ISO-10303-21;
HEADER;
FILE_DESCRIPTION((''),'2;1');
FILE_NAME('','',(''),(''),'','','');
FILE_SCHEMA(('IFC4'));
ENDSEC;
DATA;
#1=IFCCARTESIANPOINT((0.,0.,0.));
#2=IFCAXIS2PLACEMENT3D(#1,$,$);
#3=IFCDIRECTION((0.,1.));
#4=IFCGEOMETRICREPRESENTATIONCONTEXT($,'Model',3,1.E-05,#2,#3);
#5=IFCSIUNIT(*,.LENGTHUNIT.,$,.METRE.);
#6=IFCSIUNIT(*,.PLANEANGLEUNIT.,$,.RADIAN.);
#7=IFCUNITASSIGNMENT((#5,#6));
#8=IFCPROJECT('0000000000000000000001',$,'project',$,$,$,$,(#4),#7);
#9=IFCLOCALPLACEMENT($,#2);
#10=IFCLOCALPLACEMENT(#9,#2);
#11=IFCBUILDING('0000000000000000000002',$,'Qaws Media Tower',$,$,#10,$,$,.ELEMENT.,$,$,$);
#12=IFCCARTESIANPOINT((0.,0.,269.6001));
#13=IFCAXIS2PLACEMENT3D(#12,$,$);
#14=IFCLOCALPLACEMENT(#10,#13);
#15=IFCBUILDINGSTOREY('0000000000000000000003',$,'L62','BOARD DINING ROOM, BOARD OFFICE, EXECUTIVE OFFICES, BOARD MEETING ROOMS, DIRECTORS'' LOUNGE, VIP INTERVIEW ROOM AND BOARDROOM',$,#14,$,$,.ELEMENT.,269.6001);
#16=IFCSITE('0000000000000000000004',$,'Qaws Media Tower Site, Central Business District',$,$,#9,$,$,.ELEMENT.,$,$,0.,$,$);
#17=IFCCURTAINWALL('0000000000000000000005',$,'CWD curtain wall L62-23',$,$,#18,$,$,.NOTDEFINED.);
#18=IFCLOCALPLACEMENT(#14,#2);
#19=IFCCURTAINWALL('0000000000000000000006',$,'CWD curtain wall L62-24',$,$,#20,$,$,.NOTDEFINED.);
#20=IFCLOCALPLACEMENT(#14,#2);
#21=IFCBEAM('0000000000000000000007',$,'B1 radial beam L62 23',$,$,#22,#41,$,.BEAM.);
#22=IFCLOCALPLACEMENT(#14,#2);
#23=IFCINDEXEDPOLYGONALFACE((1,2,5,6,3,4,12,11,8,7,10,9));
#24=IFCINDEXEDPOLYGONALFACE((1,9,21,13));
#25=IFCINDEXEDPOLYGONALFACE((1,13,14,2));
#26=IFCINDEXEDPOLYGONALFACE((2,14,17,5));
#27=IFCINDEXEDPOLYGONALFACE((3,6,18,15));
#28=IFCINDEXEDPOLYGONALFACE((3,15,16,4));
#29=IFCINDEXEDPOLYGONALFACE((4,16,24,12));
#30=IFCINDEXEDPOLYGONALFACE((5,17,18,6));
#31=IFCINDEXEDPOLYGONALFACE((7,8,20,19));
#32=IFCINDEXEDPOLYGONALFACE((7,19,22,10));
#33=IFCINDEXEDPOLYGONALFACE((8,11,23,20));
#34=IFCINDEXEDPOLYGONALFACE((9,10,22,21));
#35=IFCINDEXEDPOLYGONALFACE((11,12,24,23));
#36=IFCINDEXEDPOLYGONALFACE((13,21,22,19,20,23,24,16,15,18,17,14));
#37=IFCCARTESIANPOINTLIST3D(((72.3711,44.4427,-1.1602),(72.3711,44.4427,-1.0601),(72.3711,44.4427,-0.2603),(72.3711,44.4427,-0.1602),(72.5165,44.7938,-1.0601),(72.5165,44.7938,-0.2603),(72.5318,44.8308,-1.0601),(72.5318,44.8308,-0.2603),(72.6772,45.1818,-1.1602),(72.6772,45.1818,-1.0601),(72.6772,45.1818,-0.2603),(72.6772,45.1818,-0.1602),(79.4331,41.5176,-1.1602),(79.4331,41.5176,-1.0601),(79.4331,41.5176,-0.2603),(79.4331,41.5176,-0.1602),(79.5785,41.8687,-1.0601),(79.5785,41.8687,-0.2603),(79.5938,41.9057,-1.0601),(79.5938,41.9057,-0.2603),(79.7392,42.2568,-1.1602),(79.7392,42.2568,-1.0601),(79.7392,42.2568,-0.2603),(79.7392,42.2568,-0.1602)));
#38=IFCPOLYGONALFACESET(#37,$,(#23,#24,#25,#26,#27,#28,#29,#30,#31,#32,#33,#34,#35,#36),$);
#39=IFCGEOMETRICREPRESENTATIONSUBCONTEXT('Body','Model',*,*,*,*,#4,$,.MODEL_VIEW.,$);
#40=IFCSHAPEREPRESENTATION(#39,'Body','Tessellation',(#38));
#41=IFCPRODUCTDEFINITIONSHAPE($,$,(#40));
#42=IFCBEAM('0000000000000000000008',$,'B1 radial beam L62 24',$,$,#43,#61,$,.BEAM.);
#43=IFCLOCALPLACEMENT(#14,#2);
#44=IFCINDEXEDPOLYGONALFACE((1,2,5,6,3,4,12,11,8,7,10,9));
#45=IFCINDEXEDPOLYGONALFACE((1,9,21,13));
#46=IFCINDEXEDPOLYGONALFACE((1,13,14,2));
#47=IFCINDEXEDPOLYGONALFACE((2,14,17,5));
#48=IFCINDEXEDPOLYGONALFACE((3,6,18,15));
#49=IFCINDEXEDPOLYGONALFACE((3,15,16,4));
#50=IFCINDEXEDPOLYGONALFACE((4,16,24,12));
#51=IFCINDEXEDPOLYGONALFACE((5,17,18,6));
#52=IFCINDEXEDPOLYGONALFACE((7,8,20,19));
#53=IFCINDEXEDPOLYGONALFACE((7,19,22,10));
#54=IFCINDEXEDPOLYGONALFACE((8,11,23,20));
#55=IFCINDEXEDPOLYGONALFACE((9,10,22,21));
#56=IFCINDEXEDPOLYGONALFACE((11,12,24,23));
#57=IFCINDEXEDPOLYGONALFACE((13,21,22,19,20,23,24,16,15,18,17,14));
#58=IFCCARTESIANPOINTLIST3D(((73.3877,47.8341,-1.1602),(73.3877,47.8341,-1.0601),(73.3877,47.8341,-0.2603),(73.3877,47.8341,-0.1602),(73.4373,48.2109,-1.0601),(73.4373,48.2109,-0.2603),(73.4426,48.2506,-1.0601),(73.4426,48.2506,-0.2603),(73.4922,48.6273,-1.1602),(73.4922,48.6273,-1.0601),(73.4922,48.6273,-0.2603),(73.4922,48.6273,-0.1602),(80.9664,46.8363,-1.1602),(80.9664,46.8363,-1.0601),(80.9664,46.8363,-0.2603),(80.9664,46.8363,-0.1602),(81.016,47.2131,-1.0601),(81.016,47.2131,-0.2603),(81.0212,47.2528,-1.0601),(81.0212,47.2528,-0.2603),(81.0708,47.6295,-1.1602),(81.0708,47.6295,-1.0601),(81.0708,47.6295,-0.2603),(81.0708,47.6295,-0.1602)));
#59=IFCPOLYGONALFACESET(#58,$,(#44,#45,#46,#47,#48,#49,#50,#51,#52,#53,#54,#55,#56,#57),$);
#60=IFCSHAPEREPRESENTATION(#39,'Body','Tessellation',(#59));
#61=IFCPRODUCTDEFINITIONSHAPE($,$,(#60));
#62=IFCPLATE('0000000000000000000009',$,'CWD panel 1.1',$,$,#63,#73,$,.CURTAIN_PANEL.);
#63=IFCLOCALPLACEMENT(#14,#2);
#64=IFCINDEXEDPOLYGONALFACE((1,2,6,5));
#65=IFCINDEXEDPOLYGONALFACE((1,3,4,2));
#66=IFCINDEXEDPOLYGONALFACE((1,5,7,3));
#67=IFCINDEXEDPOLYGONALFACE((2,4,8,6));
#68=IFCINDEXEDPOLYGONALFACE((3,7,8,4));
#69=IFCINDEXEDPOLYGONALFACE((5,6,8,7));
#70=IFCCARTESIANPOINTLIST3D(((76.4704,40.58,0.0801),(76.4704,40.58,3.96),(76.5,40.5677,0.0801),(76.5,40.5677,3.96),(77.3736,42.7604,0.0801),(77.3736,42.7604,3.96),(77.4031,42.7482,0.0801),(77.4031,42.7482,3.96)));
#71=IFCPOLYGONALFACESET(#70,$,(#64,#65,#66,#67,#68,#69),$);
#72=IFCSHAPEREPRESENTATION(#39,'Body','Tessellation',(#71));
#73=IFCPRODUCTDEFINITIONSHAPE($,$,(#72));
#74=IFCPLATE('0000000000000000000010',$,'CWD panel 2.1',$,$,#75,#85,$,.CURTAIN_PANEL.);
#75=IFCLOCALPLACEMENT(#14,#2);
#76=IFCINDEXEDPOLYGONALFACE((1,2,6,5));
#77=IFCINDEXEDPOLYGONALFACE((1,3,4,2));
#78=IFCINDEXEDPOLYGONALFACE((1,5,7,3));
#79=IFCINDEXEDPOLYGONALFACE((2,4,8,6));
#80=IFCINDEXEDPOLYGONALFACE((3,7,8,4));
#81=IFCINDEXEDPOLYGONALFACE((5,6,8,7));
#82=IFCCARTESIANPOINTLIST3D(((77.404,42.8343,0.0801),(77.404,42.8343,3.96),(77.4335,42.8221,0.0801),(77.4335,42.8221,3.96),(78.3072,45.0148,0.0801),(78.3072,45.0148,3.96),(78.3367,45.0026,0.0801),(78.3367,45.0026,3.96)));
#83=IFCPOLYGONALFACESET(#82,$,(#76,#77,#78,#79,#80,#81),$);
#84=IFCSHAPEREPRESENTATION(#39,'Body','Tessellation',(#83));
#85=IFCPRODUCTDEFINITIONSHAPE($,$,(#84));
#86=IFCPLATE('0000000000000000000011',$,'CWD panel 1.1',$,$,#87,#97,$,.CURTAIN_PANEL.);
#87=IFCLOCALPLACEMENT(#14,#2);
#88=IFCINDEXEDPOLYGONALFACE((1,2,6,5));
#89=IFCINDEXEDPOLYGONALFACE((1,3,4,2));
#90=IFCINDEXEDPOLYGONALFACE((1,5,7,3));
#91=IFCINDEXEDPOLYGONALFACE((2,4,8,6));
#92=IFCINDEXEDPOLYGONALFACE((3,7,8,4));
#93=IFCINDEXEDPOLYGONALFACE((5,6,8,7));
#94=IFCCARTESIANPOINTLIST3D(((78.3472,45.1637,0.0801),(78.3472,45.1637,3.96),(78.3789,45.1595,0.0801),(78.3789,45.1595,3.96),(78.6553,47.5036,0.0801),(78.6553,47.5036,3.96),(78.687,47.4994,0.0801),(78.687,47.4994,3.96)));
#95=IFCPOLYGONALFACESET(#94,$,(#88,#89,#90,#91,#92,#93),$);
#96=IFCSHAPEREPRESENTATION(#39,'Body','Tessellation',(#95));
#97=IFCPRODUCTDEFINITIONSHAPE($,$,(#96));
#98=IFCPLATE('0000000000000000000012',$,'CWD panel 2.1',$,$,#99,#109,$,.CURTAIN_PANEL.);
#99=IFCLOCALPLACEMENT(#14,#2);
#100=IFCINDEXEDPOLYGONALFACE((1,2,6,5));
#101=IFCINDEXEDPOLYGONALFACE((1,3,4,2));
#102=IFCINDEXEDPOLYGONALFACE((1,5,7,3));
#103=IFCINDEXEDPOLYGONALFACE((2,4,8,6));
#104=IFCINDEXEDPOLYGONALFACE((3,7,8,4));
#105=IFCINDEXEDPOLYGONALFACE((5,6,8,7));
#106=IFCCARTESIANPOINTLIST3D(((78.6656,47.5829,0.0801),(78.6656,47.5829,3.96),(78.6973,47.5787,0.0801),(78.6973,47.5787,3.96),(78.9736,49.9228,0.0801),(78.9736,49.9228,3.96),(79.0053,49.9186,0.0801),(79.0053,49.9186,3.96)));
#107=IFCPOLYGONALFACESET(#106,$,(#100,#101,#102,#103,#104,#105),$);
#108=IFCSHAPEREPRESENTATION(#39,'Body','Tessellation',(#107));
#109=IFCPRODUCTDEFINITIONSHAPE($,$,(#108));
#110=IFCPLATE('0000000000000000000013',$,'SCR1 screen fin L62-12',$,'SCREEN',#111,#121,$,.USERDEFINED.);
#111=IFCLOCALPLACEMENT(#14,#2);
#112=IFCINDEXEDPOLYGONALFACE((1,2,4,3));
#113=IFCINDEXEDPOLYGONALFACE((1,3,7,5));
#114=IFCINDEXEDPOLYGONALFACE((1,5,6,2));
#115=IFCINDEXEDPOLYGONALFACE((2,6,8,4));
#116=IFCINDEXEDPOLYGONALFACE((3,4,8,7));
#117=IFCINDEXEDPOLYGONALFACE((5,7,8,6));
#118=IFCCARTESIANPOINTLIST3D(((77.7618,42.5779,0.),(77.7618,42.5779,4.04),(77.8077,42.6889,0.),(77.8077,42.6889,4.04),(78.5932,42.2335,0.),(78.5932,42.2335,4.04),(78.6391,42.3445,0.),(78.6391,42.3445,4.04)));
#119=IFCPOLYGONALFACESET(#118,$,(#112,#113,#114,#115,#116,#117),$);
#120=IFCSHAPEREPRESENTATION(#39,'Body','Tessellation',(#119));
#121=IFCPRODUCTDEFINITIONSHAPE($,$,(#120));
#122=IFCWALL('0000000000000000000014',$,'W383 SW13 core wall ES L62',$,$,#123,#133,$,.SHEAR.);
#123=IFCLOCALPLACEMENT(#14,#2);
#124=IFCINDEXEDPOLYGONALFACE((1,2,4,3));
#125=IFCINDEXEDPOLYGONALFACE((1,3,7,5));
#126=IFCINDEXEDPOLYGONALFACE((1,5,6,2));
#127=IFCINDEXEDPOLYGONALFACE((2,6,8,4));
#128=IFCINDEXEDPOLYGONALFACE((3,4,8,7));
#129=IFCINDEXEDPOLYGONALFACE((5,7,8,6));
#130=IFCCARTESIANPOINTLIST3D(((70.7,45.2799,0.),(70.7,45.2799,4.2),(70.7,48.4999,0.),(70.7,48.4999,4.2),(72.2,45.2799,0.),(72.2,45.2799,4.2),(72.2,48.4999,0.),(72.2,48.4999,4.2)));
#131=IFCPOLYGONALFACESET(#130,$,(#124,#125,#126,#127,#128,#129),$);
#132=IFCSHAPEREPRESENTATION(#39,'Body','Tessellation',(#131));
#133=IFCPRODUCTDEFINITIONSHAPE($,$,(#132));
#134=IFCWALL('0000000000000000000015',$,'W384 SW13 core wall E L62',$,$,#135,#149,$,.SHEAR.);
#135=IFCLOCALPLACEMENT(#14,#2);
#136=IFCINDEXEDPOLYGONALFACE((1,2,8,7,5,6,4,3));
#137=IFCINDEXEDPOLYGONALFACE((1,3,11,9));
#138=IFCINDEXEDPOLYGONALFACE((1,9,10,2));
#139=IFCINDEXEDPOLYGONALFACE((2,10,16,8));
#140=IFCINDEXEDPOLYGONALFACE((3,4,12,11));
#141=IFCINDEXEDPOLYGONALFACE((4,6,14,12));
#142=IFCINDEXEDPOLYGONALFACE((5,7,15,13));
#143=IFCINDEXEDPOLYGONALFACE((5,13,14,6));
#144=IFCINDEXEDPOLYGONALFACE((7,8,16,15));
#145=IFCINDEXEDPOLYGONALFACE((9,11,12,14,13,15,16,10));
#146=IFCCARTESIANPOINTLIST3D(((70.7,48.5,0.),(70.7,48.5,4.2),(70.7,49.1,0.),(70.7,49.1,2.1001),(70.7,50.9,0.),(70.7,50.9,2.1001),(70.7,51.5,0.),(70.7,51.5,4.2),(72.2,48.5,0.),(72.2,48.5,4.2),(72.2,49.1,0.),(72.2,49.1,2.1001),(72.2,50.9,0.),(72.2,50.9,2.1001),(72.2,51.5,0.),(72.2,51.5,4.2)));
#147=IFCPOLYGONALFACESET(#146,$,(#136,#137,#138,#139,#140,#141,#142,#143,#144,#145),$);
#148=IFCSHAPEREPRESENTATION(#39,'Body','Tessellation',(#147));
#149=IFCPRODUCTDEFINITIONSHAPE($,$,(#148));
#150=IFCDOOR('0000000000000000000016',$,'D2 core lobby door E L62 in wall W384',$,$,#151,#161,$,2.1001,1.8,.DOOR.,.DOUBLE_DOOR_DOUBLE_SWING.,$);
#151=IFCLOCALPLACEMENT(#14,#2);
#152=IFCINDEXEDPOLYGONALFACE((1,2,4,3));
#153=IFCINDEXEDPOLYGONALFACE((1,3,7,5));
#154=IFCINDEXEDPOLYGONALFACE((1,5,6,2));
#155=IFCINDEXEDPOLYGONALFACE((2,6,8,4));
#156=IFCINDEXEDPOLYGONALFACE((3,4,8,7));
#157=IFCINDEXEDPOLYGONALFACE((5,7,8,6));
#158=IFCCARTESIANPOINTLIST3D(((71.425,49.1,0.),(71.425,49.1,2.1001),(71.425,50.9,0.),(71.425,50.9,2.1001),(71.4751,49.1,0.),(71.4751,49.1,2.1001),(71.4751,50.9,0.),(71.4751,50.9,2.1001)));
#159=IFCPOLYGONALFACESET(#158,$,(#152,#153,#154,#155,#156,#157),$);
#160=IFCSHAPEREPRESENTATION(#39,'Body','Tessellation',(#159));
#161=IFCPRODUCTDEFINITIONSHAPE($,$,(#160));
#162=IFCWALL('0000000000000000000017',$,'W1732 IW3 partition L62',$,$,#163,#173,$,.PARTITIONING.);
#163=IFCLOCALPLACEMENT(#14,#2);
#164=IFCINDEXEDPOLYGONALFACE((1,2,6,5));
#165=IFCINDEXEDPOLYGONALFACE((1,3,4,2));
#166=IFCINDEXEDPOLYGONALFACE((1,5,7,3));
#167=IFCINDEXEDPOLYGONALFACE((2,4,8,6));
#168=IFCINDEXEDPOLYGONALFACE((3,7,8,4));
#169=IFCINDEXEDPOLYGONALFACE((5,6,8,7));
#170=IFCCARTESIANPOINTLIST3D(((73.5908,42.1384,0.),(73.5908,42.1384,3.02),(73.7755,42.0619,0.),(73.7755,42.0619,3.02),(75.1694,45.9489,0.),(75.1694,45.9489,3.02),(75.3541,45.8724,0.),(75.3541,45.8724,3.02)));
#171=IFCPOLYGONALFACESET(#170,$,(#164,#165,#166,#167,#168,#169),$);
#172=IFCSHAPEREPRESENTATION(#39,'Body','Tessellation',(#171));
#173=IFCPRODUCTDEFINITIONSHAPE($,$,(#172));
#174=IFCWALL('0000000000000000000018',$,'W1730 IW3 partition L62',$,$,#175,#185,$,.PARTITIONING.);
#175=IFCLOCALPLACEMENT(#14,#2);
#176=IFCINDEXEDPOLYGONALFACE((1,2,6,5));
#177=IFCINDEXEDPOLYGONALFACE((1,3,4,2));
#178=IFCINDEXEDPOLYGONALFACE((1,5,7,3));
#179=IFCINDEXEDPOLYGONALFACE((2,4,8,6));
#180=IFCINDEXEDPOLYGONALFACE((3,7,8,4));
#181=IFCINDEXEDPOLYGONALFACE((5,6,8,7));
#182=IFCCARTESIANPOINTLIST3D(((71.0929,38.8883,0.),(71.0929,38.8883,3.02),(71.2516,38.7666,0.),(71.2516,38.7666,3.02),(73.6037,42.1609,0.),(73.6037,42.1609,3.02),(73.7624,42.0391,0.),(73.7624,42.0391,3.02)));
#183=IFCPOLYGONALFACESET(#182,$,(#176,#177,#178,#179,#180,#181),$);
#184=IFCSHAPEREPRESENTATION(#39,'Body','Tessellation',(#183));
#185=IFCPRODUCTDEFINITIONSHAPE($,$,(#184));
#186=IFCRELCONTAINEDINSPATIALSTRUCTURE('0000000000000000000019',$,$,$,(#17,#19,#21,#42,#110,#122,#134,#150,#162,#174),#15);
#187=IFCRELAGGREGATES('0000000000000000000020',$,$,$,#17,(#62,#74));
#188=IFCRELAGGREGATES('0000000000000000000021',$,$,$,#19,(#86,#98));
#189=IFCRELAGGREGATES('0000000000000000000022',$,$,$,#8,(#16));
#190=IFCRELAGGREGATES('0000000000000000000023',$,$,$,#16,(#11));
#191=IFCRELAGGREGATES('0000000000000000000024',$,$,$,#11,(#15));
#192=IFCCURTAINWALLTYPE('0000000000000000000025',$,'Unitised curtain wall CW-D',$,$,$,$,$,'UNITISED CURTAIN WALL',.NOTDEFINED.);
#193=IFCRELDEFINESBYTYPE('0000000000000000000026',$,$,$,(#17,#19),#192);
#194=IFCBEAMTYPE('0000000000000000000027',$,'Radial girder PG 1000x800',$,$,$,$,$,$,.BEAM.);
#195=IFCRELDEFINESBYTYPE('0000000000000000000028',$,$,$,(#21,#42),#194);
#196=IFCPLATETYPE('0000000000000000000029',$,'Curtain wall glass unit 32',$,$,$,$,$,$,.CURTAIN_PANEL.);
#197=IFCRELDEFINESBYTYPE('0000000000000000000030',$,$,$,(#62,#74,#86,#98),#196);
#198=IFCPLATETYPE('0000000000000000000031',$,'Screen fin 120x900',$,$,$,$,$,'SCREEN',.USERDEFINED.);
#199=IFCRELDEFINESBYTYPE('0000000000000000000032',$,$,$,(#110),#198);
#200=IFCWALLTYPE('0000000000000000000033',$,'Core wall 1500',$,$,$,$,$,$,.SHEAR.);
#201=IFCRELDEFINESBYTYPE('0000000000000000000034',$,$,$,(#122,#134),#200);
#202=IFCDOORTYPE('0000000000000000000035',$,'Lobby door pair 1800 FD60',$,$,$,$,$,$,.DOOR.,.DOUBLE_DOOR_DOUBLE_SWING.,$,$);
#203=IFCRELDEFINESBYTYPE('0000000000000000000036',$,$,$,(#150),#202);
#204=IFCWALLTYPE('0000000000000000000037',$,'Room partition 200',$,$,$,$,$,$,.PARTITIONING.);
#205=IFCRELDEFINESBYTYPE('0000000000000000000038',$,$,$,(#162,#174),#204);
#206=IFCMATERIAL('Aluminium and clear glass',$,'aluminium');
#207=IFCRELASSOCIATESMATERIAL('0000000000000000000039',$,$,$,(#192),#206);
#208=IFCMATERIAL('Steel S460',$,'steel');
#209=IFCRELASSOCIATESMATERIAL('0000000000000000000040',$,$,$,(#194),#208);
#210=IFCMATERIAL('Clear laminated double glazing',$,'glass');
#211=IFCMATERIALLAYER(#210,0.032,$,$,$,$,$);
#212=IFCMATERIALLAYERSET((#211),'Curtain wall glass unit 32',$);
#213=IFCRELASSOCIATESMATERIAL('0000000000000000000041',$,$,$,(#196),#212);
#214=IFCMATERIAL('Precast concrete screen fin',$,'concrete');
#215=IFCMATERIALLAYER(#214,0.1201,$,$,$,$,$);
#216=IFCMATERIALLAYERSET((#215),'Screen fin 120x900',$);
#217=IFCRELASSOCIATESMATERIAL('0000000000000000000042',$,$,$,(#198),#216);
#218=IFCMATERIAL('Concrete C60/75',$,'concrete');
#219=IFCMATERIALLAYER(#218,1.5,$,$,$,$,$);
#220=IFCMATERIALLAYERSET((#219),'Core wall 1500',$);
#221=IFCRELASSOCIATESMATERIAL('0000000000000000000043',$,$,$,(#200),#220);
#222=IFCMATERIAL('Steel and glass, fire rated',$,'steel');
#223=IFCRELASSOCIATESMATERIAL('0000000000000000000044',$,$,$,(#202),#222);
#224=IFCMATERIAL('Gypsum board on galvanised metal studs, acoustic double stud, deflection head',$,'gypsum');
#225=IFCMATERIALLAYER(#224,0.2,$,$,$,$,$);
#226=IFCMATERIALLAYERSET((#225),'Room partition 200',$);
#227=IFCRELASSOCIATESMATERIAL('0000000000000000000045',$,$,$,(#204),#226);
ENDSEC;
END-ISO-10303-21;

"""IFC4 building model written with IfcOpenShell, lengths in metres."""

from ifc_helpers import new_model, si_unit, direction, frame, frame_2d, origin, origin_2d, place, context, subcontext, project, spatial, rectangle, i_section, extrude, material, layer, layer_set, material_profile, profile_set, type_object, element, fill, aggregate, save


model = new_model("IFC4")

# Units and contexts
model_context = context("Model", 3, precision=1e-05, world=origin(), true_north=direction((0.0, 1.0)))
body_context = subcontext(model_context, "Body", "Model", "MODEL_VIEW")
ifc_project = project(units=[si_unit("LENGTHUNIT", "METRE"), si_unit("PLANEANGLEUNIT", "RADIAN")], contexts=[model_context])

# Site, building, storey
site_placement = place(None, origin())
site = spatial("IfcSite", under=ifc_project, at=site_placement, Name="Qaws Media Tower Site, Central Business District", CompositionType="ELEMENT", RefElevation=0.0)
building_placement = place(site_placement, origin())
building = spatial("IfcBuilding", under=site, at=building_placement, Name="Qaws Media Tower", CompositionType="ELEMENT")
storey_placement = place(building_placement, frame((0.0, 0.0, 269.6001)))
storey = spatial("IfcBuildingStorey", under=building, at=storey_placement, Name="L62", Description="BOARD DINING ROOM, BOARD OFFICE, EXECUTIVE OFFICES, BOARD MEETING ROOMS, DIRECTORS' LOUNGE, VIP INTERVIEW ROOM AND BOARDROOM", CompositionType="ELEMENT", Elevation=269.6001)

# Curtain walls
ifc_material_1 = material(Name="Aluminium and clear glass", Category="aluminium")
curtain_wall_type = type_object("IfcCurtainWallType", Name="Unitised curtain wall CW-D", ElementType="UNITISED CURTAIN WALL", PredefinedType="NOTDEFINED", material=ifc_material_1)
curtain_wall_1_placement = place(storey_placement, origin())
curtain_wall_1 = element("IfcCurtainWall", 1, at=curtain_wall_1_placement, inside=storey, type_object=curtain_wall_type, Name="CWD curtain wall L62-23", PredefinedType="NOTDEFINED")
curtain_wall_2_placement = place(storey_placement, origin())
curtain_wall_2 = element("IfcCurtainWall", 2, at=curtain_wall_2_placement, inside=storey, type_object=curtain_wall_type, Name="CWD curtain wall L62-24", PredefinedType="NOTDEFINED")

# Beams
ifc_material_2 = material(Name="Steel S460", Category="steel")
ifc_material_profile_1 = material_profile(ifc_material_2, i_section(OverallWidth=0.8, OverallDepth=1.0, WebThickness=0.04, FlangeThickness=0.1001, at=origin_2d()), Name="PG 1000x800")
ifc_profile_set_1 = profile_set([ifc_material_profile_1], Name="Steel S460")
beam_type_1 = type_object("IfcBeamType", Name="Radial girder PG 1000x800", PredefinedType="BEAM", material=ifc_profile_set_1)
beam_1_placement = place(storey_placement, frame((72.5242, 44.8123, -0.6602), z_axis=(0.923886, -0.382669, 0.0), x_axis=(0.382669, 0.923886, 0.0)))
element("IfcBeam", 3, at=beam_1_placement, inside=storey, type_object=beam_type_1, Name="B1 radial beam L62 23", PredefinedType="BEAM", context=body_context, shape_type="SweptSolid", body=[
    extrude(i_section(OverallWidth=0.8, OverallDepth=1.0, WebThickness=0.04, FlangeThickness=0.1001, at=origin_2d()), origin(), (0.0, 0.0, 1.0), 7.6438),
])
beam_2_placement = place(storey_placement, frame((73.4399, 48.2307, -0.6602), z_axis=(0.991444, -0.130534, 0.0), x_axis=(0.130534, 0.991444, 0.0)))
element("IfcBeam", 4, at=beam_2_placement, inside=storey, type_object=beam_type_1, Name="B1 radial beam L62 24", PredefinedType="BEAM", context=body_context, shape_type="SweptSolid", body=[
    extrude(i_section(OverallWidth=0.8, OverallDepth=1.0, WebThickness=0.04, FlangeThickness=0.1001, at=origin_2d()), origin(), (0.0, 0.0, 1.0), 7.644),
])

# Plates
ifc_material_3 = material(Name="Clear laminated double glazing", Category="glass")
ifc_layer_1 = layer(ifc_material_3, 0.032)
ifc_layer_set_1 = layer_set([ifc_layer_1], Name="Curtain wall glass unit 32")
plate_type_1 = type_object("IfcPlateType", Name="Curtain wall glass unit 32", PredefinedType="CURTAIN_PANEL", material=ifc_layer_set_1)
plate_1_placement = place(storey_placement, frame((76.9368, 41.6641, 0.0801), z_axis=(0.0, 0.0, 1.0), x_axis=(0.382683, 0.92388, 0.0)))
plate_1 = element("IfcPlate", 5, at=plate_1_placement, type_object=plate_type_1, Name="CWD panel 1.1", PredefinedType="CURTAIN_PANEL", context=body_context, shape_type="SweptSolid", body=[
    extrude(rectangle(XDim=2.3601, YDim=0.032, at=origin_2d()), origin(), (0.0, 0.0, 1.0), 3.8799),
])
plate_2_placement = place(storey_placement, frame((77.8704, 43.9185, 0.0801), z_axis=(0.0, 0.0, 1.0), x_axis=(0.382683, 0.92388, 0.0)))
plate_2 = element("IfcPlate", 6, at=plate_2_placement, type_object=plate_type_1, Name="CWD panel 2.1", PredefinedType="CURTAIN_PANEL", context=body_context, shape_type="SweptSolid", body=[
    extrude(rectangle(XDim=2.3601, YDim=0.032, at=origin_2d()), origin(), (0.0, 0.0, 1.0), 3.8799),
])
aggregate(curtain_wall_1, [plate_1, plate_2])
plate_3_placement = place(storey_placement, frame((78.5171, 46.3315, 0.0801), z_axis=(0.0, 0.0, 1.0), x_axis=(0.130526, 0.991445, 0.0)))
plate_3 = element("IfcPlate", 7, at=plate_3_placement, type_object=plate_type_1, Name="CWD panel 1.1", PredefinedType="CURTAIN_PANEL", context=body_context, shape_type="SweptSolid", body=[
    extrude(rectangle(XDim=2.3601, YDim=0.032, at=origin_2d()), origin(), (0.0, 0.0, 1.0), 3.8799),
])
plate_4_placement = place(storey_placement, frame((78.8354, 48.7507, 0.0801), z_axis=(0.0, 0.0, 1.0), x_axis=(0.130526, 0.991445, 0.0)))
plate_4 = element("IfcPlate", 8, at=plate_4_placement, type_object=plate_type_1, Name="CWD panel 2.1", PredefinedType="CURTAIN_PANEL", context=body_context, shape_type="SweptSolid", body=[
    extrude(rectangle(XDim=2.3601, YDim=0.032, at=origin_2d()), origin(), (0.0, 0.0, 1.0), 3.8799),
])
aggregate(curtain_wall_2, [plate_3, plate_4])
ifc_material_4 = material(Name="Precast concrete screen fin", Category="concrete")
ifc_layer_2 = layer(ifc_material_4, 0.1201)
ifc_layer_set_2 = layer_set([ifc_layer_2], Name="Screen fin 120x900")
plate_type_2 = type_object("IfcPlateType", Name="Screen fin 120x900", ElementType="SCREEN", PredefinedType="USERDEFINED", material=ifc_layer_set_2)
plate_5_placement = place(storey_placement, frame((78.2004, 42.4612, 0.0), z_axis=(0.0, 0.0, 1.0), x_axis=(0.92388, -0.382683, 0.0)))
element("IfcPlate", 9, at=plate_5_placement, inside=storey, type_object=plate_type_2, Name="SCR1 screen fin L62-12", ObjectType="SCREEN", PredefinedType="USERDEFINED", context=body_context, shape_type="SweptSolid", body=[
    extrude(rectangle(XDim=0.8999, YDim=0.1201, at=origin_2d()), origin(), (0.0, 0.0, 1.0), 4.04),
])

# Wall
ifc_material_5 = material(Name="Concrete C60/75", Category="concrete")
ifc_layer_3 = layer(ifc_material_5, 1.5)
ifc_layer_set_3 = layer_set([ifc_layer_3], Name="Core wall 1500")
wall_type_1 = type_object("IfcWallType", Name="Core wall 1500", PredefinedType="SHEAR", material=ifc_layer_set_3)
wall_1_placement = place(storey_placement, frame((71.45, 45.28, 0.0), z_axis=(0.0, 0.0, 1.0), x_axis=(0.0, 1.0, 0.0)))
element("IfcWall", 10, at=wall_1_placement, inside=storey, type_object=wall_type_1, Name="W383 SW13 core wall ES L62", PredefinedType="SHEAR", context=body_context, shape_type="SweptSolid", body=[
    extrude(rectangle(XDim=3.22, YDim=1.5, at=frame_2d((1.6099, 0.0))), origin(), (0.0, 0.0, 1.0), 4.2),
])

# Wall, opening, door
wall_2_placement = place(storey_placement, frame((71.45, 48.5, 0.0), z_axis=(0.0, 0.0, 1.0), x_axis=(0.0, 1.0, 0.0)))
wall_2 = element("IfcWall", 11, at=wall_2_placement, inside=storey, type_object=wall_type_1, Name="W384 SW13 core wall E L62", PredefinedType="SHEAR", context=body_context, shape_type="SweptSolid", body=[
    extrude(rectangle(XDim=3.0, YDim=1.5, at=frame_2d((1.5, 0.0))), origin(), (0.0, 0.0, 1.0), 4.2),
])
opening_placement = place(wall_2_placement, frame((0.6001, 0.0, 0.0)))
opening = element("IfcOpeningElement", 12, at=opening_placement, cuts=wall_2, PredefinedType="OPENING", context=body_context, shape_type="SweptSolid", body=[
    extrude(rectangle(XDim=1.8, YDim=2.1001, at=frame_2d((0.8999, 1.05))), frame((0.0, 0.76, 0.0), z_axis=(0.0, -1.0, 0.0), x_axis=(1.0, 0.0, 0.0)), (0.0, 0.0, 1.0), 1.52),
])
ifc_material_6 = material(Name="Steel and glass, fire rated", Category="steel")
door_type = type_object("IfcDoorType", Name="Lobby door pair 1800 FD60", OperationType="DOUBLE_DOOR_DOUBLE_SWING", PredefinedType="DOOR", material=ifc_material_6)
door_placement = place(opening_placement, origin())
door = element("IfcDoor", 13, at=door_placement, inside=storey, type_object=door_type, Name="D2 core lobby door E L62 in wall W384", OperationType="DOUBLE_DOOR_DOUBLE_SWING", OverallHeight=2.1001, OverallWidth=1.8, PredefinedType="DOOR", context=body_context, shape_type="SweptSolid", body=[
    extrude(rectangle(XDim=1.8, YDim=2.1001, at=frame_2d((0.8999, 1.05))), frame((0.0, 0.0249, 0.0), z_axis=(0.0, -1.0, 0.0), x_axis=(1.0, 0.0, 0.0)), (0.0, 0.0, 1.0), 0.05),
])
fill(opening, door)

# Walls
ifc_material_7 = material(Name="Gypsum board on galvanised metal studs, acoustic double stud, deflection head", Category="gypsum")
ifc_layer_4 = layer(ifc_material_7, 0.2)
ifc_layer_set_4 = layer_set([ifc_layer_4], Name="Room partition 200")
wall_type_2 = type_object("IfcWallType", Name="Room partition 200", PredefinedType="PARTITIONING", material=ifc_layer_set_4)
wall_3_placement = place(storey_placement, frame((75.2617, 45.9106, 0.0), z_axis=(0.0, 0.0, 1.0), x_axis=(-0.382732, -0.92386, 0.0)))
element("IfcWall", 14, at=wall_3_placement, inside=storey, type_object=wall_type_2, Name="W1732 IW3 partition L62", PredefinedType="PARTITIONING", context=body_context, shape_type="SweptSolid", body=[
    extrude(rectangle(XDim=4.1245, YDim=0.2, at=frame_2d((2.0623, 0.0))), origin(), (0.0, 0.0, 1.0), 3.02),
])
wall_4_placement = place(storey_placement, frame((73.6831, 42.1001, 0.0), z_axis=(0.0, 0.0, 1.0), x_axis=(-0.608715, -0.793389, 0.0)))
element("IfcWall", 15, at=wall_4_placement, inside=storey, type_object=wall_type_2, Name="W1730 IW3 partition L62", PredefinedType="PARTITIONING", context=body_context, shape_type="SweptSolid", body=[
    extrude(rectangle(XDim=4.1248, YDim=0.2, at=frame_2d((2.0625, 0.0))), origin(), (0.0, 0.0, 1.0), 3.02),
])

save(model, "model.ifc")
